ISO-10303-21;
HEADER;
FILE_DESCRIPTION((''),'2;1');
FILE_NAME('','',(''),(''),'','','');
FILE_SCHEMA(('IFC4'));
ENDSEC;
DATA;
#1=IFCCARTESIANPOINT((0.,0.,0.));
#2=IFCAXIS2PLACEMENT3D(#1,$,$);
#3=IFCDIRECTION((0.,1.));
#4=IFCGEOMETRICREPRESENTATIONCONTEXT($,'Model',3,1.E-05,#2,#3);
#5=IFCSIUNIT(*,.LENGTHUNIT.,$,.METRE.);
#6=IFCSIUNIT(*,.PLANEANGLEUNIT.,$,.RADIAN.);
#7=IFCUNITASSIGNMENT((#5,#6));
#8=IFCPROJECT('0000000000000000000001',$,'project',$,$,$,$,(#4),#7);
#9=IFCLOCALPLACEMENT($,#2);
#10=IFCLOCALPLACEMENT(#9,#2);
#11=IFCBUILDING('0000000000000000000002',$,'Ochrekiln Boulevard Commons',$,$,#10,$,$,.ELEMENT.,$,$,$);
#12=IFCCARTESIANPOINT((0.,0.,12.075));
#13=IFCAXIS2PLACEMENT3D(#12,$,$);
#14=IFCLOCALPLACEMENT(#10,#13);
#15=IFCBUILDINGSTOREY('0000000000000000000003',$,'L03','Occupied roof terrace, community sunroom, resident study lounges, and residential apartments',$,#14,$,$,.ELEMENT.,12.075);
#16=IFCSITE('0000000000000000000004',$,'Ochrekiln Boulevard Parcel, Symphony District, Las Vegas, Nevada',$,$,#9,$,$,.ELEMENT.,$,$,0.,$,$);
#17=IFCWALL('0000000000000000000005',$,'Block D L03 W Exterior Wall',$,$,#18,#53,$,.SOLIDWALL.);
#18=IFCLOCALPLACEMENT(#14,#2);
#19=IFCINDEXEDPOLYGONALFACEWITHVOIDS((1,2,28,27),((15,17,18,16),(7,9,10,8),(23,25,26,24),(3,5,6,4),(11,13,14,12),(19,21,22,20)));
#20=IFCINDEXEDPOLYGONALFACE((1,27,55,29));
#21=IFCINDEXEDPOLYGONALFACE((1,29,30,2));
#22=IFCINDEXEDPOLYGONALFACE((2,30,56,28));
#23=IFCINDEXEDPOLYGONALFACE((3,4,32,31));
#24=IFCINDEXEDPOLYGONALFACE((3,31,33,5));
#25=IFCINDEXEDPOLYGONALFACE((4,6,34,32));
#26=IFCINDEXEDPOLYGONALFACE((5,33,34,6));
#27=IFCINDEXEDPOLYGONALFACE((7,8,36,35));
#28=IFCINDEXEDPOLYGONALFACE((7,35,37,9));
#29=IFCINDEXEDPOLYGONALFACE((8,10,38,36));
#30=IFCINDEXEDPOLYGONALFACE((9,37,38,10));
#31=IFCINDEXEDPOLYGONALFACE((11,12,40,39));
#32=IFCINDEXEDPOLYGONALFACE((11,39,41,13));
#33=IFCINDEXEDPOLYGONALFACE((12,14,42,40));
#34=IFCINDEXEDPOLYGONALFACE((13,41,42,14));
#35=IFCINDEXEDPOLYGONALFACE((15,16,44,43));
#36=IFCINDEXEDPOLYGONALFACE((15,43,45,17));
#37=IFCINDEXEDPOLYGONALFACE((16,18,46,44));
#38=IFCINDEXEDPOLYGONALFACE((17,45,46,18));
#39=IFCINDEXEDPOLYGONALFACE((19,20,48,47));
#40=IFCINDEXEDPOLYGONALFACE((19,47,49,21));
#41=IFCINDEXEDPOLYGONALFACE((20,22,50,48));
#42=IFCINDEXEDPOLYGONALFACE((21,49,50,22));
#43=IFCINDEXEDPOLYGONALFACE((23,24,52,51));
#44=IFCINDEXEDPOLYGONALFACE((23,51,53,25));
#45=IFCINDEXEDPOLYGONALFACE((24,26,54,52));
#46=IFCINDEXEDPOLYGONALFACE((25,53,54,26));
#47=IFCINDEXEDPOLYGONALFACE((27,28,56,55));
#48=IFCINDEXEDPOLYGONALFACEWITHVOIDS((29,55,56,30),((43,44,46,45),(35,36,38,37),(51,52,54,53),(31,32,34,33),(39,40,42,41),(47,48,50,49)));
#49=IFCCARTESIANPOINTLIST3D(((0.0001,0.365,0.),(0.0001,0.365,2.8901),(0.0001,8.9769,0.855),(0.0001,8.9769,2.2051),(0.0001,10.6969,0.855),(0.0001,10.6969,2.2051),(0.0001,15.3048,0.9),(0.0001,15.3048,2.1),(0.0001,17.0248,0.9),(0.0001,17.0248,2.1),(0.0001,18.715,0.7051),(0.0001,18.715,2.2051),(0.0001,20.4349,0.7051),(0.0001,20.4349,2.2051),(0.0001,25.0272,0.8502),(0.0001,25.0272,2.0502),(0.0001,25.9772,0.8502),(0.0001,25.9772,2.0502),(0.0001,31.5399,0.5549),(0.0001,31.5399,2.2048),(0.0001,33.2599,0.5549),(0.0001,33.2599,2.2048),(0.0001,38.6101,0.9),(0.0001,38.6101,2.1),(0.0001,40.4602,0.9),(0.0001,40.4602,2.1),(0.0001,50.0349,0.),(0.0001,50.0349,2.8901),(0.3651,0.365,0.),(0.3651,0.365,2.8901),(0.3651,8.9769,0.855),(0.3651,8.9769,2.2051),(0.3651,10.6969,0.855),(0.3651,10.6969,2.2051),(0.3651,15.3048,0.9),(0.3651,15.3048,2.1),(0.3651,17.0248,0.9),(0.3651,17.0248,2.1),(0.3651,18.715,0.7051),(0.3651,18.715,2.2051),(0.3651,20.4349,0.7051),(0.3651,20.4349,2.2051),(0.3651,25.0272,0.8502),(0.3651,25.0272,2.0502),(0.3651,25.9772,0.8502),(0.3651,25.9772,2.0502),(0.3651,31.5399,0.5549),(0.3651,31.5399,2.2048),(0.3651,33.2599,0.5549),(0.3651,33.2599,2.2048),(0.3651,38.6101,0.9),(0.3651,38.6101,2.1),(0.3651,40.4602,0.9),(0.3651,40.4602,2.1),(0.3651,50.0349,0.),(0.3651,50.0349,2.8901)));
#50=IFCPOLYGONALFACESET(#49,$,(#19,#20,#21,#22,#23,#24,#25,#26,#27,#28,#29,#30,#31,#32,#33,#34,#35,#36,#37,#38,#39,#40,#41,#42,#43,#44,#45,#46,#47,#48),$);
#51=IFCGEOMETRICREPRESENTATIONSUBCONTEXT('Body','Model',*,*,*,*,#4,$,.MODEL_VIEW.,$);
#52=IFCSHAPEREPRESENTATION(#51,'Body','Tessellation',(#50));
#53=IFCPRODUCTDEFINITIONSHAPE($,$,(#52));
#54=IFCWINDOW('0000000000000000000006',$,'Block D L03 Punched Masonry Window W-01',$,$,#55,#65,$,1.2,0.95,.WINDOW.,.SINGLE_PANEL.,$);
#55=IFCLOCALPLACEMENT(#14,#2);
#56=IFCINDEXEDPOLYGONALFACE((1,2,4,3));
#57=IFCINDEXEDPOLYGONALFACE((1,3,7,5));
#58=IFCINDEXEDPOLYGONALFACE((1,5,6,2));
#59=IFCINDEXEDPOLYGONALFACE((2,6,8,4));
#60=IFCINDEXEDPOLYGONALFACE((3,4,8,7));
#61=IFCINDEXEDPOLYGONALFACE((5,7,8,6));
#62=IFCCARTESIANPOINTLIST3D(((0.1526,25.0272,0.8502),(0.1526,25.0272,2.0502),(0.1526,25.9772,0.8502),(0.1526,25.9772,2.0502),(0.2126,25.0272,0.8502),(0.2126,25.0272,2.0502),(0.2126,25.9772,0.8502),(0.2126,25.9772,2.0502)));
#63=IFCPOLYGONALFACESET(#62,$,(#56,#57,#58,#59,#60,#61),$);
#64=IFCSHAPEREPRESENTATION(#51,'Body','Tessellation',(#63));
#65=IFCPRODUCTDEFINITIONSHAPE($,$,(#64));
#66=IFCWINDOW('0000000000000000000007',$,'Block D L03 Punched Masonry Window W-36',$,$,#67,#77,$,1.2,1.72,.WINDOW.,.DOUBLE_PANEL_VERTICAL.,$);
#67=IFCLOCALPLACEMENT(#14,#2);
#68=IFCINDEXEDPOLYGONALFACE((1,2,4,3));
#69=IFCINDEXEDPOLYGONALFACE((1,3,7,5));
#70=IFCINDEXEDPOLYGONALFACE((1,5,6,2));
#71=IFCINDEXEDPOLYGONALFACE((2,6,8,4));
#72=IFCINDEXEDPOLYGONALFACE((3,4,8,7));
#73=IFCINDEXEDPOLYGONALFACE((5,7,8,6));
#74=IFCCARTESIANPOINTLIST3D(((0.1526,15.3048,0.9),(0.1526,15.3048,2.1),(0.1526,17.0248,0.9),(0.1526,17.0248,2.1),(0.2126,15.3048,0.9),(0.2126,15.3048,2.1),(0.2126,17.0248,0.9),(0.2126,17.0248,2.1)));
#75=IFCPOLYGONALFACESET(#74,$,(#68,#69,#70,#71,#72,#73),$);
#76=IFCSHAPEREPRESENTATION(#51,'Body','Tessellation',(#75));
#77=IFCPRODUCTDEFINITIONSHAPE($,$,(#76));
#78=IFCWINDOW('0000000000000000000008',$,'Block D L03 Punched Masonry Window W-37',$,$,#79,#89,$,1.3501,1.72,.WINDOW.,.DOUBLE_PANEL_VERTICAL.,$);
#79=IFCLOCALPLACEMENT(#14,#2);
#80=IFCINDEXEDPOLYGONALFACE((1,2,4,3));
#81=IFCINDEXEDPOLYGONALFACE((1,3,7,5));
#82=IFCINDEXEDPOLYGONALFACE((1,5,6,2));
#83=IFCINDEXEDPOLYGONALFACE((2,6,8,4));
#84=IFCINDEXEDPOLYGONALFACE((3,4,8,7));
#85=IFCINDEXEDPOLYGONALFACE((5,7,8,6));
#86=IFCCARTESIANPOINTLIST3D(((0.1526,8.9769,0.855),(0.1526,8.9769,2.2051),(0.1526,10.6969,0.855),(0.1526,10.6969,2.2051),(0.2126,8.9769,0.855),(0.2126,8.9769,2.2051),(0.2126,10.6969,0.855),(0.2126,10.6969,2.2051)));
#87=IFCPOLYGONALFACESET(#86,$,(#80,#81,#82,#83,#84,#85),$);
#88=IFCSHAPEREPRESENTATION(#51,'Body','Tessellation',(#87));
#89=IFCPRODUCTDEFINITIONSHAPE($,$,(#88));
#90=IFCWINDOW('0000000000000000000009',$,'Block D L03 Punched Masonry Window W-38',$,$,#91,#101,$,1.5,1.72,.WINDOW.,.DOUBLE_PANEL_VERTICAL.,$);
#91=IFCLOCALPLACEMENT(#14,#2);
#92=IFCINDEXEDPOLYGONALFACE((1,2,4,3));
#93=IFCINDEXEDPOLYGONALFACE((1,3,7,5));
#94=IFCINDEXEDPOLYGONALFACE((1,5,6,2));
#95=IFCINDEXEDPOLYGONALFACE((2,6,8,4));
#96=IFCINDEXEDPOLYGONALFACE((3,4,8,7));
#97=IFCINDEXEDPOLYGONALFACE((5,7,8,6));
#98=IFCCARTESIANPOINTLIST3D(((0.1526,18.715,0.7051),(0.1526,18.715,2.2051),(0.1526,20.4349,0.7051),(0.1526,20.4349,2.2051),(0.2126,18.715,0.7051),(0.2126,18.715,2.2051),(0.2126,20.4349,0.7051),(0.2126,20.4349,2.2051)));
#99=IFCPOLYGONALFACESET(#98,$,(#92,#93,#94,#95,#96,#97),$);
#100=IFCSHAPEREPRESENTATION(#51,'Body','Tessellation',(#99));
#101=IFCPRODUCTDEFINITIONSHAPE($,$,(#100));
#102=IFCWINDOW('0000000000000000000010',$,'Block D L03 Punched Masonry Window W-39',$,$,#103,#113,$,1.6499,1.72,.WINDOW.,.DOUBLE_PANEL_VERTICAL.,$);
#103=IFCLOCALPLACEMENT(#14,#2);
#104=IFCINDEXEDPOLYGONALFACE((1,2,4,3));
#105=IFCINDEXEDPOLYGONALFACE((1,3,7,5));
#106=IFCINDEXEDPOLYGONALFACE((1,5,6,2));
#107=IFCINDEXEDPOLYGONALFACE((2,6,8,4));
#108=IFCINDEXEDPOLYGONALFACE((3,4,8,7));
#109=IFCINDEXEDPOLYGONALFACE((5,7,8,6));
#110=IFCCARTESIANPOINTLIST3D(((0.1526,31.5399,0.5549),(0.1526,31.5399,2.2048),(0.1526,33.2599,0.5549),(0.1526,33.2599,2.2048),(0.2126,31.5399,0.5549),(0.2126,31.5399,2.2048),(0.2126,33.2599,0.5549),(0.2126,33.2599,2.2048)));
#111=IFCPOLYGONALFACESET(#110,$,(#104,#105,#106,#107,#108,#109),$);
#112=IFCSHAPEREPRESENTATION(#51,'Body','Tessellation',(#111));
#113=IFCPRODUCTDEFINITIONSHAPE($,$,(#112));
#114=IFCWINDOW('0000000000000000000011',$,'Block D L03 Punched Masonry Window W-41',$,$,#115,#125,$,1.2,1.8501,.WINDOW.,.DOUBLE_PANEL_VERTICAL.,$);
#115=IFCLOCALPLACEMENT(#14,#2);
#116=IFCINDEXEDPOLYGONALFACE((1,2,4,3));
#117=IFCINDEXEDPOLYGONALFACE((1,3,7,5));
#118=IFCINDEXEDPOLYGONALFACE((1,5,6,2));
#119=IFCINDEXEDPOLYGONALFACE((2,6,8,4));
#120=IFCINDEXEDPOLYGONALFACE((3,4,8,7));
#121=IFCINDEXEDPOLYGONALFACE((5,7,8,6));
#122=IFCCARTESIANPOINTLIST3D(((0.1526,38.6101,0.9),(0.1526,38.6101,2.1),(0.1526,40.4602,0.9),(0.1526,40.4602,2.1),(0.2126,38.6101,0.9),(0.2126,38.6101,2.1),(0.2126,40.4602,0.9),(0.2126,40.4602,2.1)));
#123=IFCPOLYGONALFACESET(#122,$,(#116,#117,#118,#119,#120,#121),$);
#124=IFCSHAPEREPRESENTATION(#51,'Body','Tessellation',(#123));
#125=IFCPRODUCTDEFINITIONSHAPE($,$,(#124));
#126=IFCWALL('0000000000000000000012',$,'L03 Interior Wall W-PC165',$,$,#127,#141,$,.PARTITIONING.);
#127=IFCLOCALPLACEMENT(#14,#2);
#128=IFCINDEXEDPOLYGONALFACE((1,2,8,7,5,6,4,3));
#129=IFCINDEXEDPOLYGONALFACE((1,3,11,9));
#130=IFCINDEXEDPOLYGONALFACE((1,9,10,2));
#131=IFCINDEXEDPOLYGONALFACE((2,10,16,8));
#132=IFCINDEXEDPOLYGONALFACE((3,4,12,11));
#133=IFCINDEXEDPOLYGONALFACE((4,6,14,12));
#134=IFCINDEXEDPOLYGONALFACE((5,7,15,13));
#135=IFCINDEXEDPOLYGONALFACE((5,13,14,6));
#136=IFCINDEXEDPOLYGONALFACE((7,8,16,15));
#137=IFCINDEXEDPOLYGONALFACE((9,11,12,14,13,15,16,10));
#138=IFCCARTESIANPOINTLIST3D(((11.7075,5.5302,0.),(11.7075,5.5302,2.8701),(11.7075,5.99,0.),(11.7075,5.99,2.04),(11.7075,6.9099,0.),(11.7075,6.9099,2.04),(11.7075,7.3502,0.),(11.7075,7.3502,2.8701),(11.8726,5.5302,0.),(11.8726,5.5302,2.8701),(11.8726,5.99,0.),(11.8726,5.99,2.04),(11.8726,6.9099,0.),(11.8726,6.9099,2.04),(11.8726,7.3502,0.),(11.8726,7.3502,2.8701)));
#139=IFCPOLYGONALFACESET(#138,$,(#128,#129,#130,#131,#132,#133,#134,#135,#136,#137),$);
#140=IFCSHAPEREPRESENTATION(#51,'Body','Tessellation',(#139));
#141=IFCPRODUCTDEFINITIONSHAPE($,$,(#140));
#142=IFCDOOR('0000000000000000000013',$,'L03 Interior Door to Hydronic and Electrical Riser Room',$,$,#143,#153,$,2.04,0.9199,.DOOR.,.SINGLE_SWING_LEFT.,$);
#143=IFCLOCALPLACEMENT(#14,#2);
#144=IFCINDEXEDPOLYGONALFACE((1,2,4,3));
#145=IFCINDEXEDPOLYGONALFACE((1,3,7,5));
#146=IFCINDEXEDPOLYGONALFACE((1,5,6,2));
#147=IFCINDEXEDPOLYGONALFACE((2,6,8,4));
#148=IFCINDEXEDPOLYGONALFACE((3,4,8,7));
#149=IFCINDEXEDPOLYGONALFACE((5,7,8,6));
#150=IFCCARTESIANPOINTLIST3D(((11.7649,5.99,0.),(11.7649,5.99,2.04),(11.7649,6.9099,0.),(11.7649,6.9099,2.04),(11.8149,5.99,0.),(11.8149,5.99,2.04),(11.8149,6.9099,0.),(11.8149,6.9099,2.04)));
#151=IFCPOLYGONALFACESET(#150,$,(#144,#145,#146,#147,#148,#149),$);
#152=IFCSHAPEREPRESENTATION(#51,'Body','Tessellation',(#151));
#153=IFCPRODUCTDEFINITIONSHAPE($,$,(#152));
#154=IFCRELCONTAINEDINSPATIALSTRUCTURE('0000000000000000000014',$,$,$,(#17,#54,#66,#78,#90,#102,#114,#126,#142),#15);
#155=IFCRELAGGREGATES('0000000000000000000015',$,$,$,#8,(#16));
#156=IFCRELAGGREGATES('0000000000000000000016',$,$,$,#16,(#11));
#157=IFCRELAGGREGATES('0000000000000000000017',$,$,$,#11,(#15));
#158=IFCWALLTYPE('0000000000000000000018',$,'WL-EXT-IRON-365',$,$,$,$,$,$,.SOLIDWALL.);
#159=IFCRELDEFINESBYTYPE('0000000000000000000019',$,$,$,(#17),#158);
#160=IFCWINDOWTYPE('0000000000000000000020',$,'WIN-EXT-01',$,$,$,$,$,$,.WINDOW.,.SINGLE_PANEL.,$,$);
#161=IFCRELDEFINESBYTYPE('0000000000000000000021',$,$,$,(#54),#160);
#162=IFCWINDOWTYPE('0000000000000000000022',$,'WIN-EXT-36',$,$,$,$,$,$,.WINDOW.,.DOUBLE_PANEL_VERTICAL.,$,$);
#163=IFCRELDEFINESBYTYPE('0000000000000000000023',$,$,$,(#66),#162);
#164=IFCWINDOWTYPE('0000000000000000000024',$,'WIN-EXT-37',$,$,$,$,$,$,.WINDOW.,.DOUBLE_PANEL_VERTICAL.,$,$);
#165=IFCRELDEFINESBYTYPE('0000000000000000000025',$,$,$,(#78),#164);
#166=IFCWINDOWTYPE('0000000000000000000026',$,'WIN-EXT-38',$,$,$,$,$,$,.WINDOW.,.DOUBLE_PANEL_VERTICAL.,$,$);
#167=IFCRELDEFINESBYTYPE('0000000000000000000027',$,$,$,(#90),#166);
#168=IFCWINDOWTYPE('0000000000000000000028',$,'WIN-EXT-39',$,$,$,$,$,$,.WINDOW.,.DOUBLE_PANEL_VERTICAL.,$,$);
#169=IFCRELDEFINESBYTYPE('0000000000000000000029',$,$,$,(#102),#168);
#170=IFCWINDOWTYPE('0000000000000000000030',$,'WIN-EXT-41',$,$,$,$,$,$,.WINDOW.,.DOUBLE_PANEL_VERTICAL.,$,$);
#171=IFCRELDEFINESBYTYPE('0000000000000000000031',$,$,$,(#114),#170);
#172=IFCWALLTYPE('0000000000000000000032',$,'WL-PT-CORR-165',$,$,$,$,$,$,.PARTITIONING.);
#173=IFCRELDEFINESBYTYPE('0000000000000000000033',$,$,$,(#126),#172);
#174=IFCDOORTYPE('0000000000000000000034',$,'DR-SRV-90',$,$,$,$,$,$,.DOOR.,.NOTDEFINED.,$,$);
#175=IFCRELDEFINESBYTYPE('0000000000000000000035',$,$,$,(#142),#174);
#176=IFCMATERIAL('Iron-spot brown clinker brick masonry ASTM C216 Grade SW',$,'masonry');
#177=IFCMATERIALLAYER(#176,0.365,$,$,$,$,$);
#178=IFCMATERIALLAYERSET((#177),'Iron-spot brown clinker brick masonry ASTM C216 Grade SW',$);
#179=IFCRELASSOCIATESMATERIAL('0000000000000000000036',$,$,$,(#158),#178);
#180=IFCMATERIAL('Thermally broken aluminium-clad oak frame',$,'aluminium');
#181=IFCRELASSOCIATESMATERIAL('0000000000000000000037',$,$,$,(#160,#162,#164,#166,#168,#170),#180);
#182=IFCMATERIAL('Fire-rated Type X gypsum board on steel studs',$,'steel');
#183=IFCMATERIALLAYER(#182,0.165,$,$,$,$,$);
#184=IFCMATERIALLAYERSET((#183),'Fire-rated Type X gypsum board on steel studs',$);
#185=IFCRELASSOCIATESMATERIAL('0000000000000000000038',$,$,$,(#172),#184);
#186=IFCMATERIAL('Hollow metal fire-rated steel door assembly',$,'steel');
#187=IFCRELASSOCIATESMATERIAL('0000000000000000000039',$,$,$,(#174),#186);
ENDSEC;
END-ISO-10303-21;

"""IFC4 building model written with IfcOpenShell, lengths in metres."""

from ifc_helpers import new_model, si_unit, direction, frame, frame_2d, origin, place, context, subcontext, project, spatial, rectangle, extrude, material, layer, layer_set, type_object, element, fill, save


model = new_model("IFC4")

# Units and contexts
model_context = context("Model", 3, precision=1e-05, world=origin(), true_north=direction((0.0, 1.0)))
body_context = subcontext(model_context, "Body", "Model", "MODEL_VIEW")
ifc_project = project(units=[si_unit("LENGTHUNIT", "METRE"), si_unit("PLANEANGLEUNIT", "RADIAN")], contexts=[model_context])

# Site, building, storey
site_placement = place(None, origin())
site = spatial("IfcSite", under=ifc_project, at=site_placement, Name="Ochrekiln Boulevard Parcel, Symphony District, Las Vegas, Nevada", CompositionType="ELEMENT", RefElevation=0.0)
building_placement = place(site_placement, origin())
building = spatial("IfcBuilding", under=site, at=building_placement, Name="Ochrekiln Boulevard Commons", CompositionType="ELEMENT")
storey_placement = place(building_placement, frame((0.0, 0.0, 12.075)))
storey = spatial("IfcBuildingStorey", under=building, at=storey_placement, Name="L03", Description="Occupied roof terrace, community sunroom, resident study lounges, and residential apartments", CompositionType="ELEMENT", Elevation=12.075)

# Wall, openings, windows
ifc_material_1 = material(Name="Iron-spot brown clinker brick masonry ASTM C216 Grade SW", Category="masonry")
ifc_layer_1 = layer(ifc_material_1, 0.365)
ifc_layer_set_1 = layer_set([ifc_layer_1], Name="Iron-spot brown clinker brick masonry ASTM C216 Grade SW")
wall_type_1 = type_object("IfcWallType", Name="WL-EXT-IRON-365", PredefinedType="SOLIDWALL", material=ifc_layer_set_1)
wall_1_placement = place(storey_placement, frame((0.1826, 0.365, 0.0), z_axis=(0.0, 0.0, 1.0), x_axis=(0.0, 1.0, 0.0)))
wall_1 = element("IfcWall", 1, at=wall_1_placement, inside=storey, type_object=wall_type_1, Name="Block D L03 W Exterior Wall", PredefinedType="SOLIDWALL", context=body_context, shape_type="SweptSolid", body=[
    extrude(rectangle(XDim=49.6699, YDim=0.365, at=frame_2d((24.835, 0.0))), origin(), (0.0, 0.0, 1.0), 2.8901),
])
opening_1_placement = place(wall_1_placement, frame((14.9399, 0.0, 0.8999)))
opening_1 = element("IfcOpeningElement", 2, at=opening_1_placement, cuts=wall_1, PredefinedType="OPENING", context=body_context, shape_type="SweptSolid", body=[
    extrude(rectangle(XDim=1.72, YDim=1.2, at=frame_2d((0.8599, 0.6001))), frame((0.0, 0.1924, 0.0), z_axis=(0.0, -1.0, 0.0), x_axis=(1.0, 0.0, 0.0)), (0.0, 0.0, 1.0), 0.385),
])
opening_2_placement = place(wall_1_placement, frame((8.6121, 0.0, 0.855)))
opening_2 = element("IfcOpeningElement", 3, at=opening_2_placement, cuts=wall_1, PredefinedType="OPENING", context=body_context, shape_type="SweptSolid", body=[
    extrude(rectangle(XDim=1.72, YDim=1.3501, at=frame_2d((0.8599, 0.675))), frame((0.0, 0.1924, 0.0), z_axis=(0.0, -1.0, 0.0), x_axis=(1.0, 0.0, 0.0)), (0.0, 0.0, 1.0), 0.385),
])
opening_3_placement = place(wall_1_placement, frame((18.3501, 0.0, 0.7051)))
opening_3 = element("IfcOpeningElement", 4, at=opening_3_placement, cuts=wall_1, PredefinedType="OPENING", context=body_context, shape_type="SweptSolid", body=[
    extrude(rectangle(XDim=1.72, YDim=1.5, at=frame_2d((0.8599, 0.75))), frame((0.0, 0.1924, 0.0), z_axis=(0.0, -1.0, 0.0), x_axis=(1.0, 0.0, 0.0)), (0.0, 0.0, 1.0), 0.385),
])
opening_4_placement = place(wall_1_placement, frame((31.175, 0.0, 0.5549)))
opening_4 = element("IfcOpeningElement", 5, at=opening_4_placement, cuts=wall_1, PredefinedType="OPENING", context=body_context, shape_type="SweptSolid", body=[
    extrude(rectangle(XDim=1.72, YDim=1.6499, at=frame_2d((0.8599, 0.825))), frame((0.0, 0.1924, 0.0), z_axis=(0.0, -1.0, 0.0), x_axis=(1.0, 0.0, 0.0)), (0.0, 0.0, 1.0), 0.385),
])
opening_5_placement = place(wall_1_placement, frame((24.6621, 0.0, 0.8501)))
opening_5 = element("IfcOpeningElement", 6, at=opening_5_placement, cuts=wall_1, PredefinedType="OPENING", context=body_context, shape_type="SweptSolid", body=[
    extrude(rectangle(XDim=0.95, YDim=1.2, at=frame_2d((0.4751, 0.6001))), frame((0.0, 0.1924, 0.0), z_axis=(0.0, -1.0, 0.0), x_axis=(1.0, 0.0, 0.0)), (0.0, 0.0, 1.0), 0.385),
])
opening_6_placement = place(wall_1_placement, frame((38.2451, 0.0, 0.8999)))
opening_6 = element("IfcOpeningElement", 7, at=opening_6_placement, cuts=wall_1, PredefinedType="OPENING", context=body_context, shape_type="SweptSolid", body=[
    extrude(rectangle(XDim=1.8501, YDim=1.2, at=frame_2d((0.925, 0.6001))), frame((0.0, 0.1924, 0.0), z_axis=(0.0, -1.0, 0.0), x_axis=(1.0, 0.0, 0.0)), (0.0, 0.0, 1.0), 0.385),
])
ifc_material_2 = material(Name="Thermally broken aluminium-clad oak frame", Category="aluminium")
window_type_1 = type_object("IfcWindowType", Name="WIN-EXT-01", PartitioningType="SINGLE_PANEL", PredefinedType="WINDOW", material=ifc_material_2)
window_1_placement = place(opening_5_placement, origin())
window_1 = element("IfcWindow", 8, at=window_1_placement, inside=storey, type_object=window_type_1, Name="Block D L03 Punched Masonry Window W-01", OverallHeight=1.2, OverallWidth=0.95, PartitioningType="SINGLE_PANEL", PredefinedType="WINDOW", context=body_context, shape_type="SweptSolid", body=[
    extrude(rectangle(XDim=0.95, YDim=1.2, at=frame_2d((0.4751, 0.6001))), frame((0.0, 0.03, 0.0), z_axis=(0.0, -1.0, 0.0), x_axis=(1.0, 0.0, 0.0)), (0.0, 0.0, 1.0), 0.0601),
])
fill(opening_5, window_1)
window_type_2 = type_object("IfcWindowType", Name="WIN-EXT-36", PartitioningType="DOUBLE_PANEL_VERTICAL", PredefinedType="WINDOW", material=ifc_material_2)
window_2_placement = place(opening_1_placement, origin())
window_2 = element("IfcWindow", 9, at=window_2_placement, inside=storey, type_object=window_type_2, Name="Block D L03 Punched Masonry Window W-36", OverallHeight=1.2, OverallWidth=1.72, PartitioningType="DOUBLE_PANEL_VERTICAL", PredefinedType="WINDOW", context=body_context, shape_type="SweptSolid", body=[
    extrude(rectangle(XDim=1.72, YDim=1.2, at=frame_2d((0.8599, 0.6001))), frame((0.0, 0.03, 0.0), z_axis=(0.0, -1.0, 0.0), x_axis=(1.0, 0.0, 0.0)), (0.0, 0.0, 1.0), 0.0601),
])
fill(opening_1, window_2)
window_type_3 = type_object("IfcWindowType", Name="WIN-EXT-37", PartitioningType="DOUBLE_PANEL_VERTICAL", PredefinedType="WINDOW", material=ifc_material_2)
window_3_placement = place(opening_2_placement, origin())
window_3 = element("IfcWindow", 10, at=window_3_placement, inside=storey, type_object=window_type_3, Name="Block D L03 Punched Masonry Window W-37", OverallHeight=1.3501, OverallWidth=1.72, PartitioningType="DOUBLE_PANEL_VERTICAL", PredefinedType="WINDOW", context=body_context, shape_type="SweptSolid", body=[
    extrude(rectangle(XDim=1.72, YDim=1.3501, at=frame_2d((0.8599, 0.675))), frame((0.0, 0.03, 0.0), z_axis=(0.0, -1.0, 0.0), x_axis=(1.0, 0.0, 0.0)), (0.0, 0.0, 1.0), 0.0601),
])
fill(opening_2, window_3)
window_type_4 = type_object("IfcWindowType", Name="WIN-EXT-38", PartitioningType="DOUBLE_PANEL_VERTICAL", PredefinedType="WINDOW", material=ifc_material_2)
window_4_placement = place(opening_3_placement, origin())
window_4 = element("IfcWindow", 11, at=window_4_placement, inside=storey, type_object=window_type_4, Name="Block D L03 Punched Masonry Window W-38", OverallHeight=1.5, OverallWidth=1.72, PartitioningType="DOUBLE_PANEL_VERTICAL", PredefinedType="WINDOW", context=body_context, shape_type="SweptSolid", body=[
    extrude(rectangle(XDim=1.72, YDim=1.5, at=frame_2d((0.8599, 0.75))), frame((0.0, 0.03, 0.0), z_axis=(0.0, -1.0, 0.0), x_axis=(1.0, 0.0, 0.0)), (0.0, 0.0, 1.0), 0.0601),
])
fill(opening_3, window_4)
window_type_5 = type_object("IfcWindowType", Name="WIN-EXT-39", PartitioningType="DOUBLE_PANEL_VERTICAL", PredefinedType="WINDOW", material=ifc_material_2)
window_5_placement = place(opening_4_placement, origin())
window_5 = element("IfcWindow", 12, at=window_5_placement, inside=storey, type_object=window_type_5, Name="Block D L03 Punched Masonry Window W-39", OverallHeight=1.6499, OverallWidth=1.72, PartitioningType="DOUBLE_PANEL_VERTICAL", PredefinedType="WINDOW", context=body_context, shape_type="SweptSolid", body=[
    extrude(rectangle(XDim=1.72, YDim=1.6499, at=frame_2d((0.8599, 0.825))), frame((0.0, 0.03, 0.0), z_axis=(0.0, -1.0, 0.0), x_axis=(1.0, 0.0, 0.0)), (0.0, 0.0, 1.0), 0.0601),
])
fill(opening_4, window_5)
window_type_6 = type_object("IfcWindowType", Name="WIN-EXT-41", PartitioningType="DOUBLE_PANEL_VERTICAL", PredefinedType="WINDOW", material=ifc_material_2)
window_6_placement = place(opening_6_placement, origin())
window_6 = element("IfcWindow", 13, at=window_6_placement, inside=storey, type_object=window_type_6, Name="Block D L03 Punched Masonry Window W-41", OverallHeight=1.2, OverallWidth=1.8501, PartitioningType="DOUBLE_PANEL_VERTICAL", PredefinedType="WINDOW", context=body_context, shape_type="SweptSolid", body=[
    extrude(rectangle(XDim=1.8501, YDim=1.2, at=frame_2d((0.925, 0.6001))), frame((0.0, 0.03, 0.0), z_axis=(0.0, -1.0, 0.0), x_axis=(1.0, 0.0, 0.0)), (0.0, 0.0, 1.0), 0.0601),
])
fill(opening_6, window_6)

# Wall, opening, door
ifc_material_3 = material(Name="Fire-rated Type X gypsum board on steel studs", Category="steel")
ifc_layer_2 = layer(ifc_material_3, 0.165)
ifc_layer_set_2 = layer_set([ifc_layer_2], Name="Fire-rated Type X gypsum board on steel studs")
wall_type_2 = type_object("IfcWallType", Name="WL-PT-CORR-165", PredefinedType="PARTITIONING", material=ifc_layer_set_2)
wall_2_placement = place(storey_placement, frame((11.79, 5.53, 0.0), z_axis=(0.0, 0.0, 1.0), x_axis=(0.0, 1.0, 0.0)))
wall_2 = element("IfcWall", 14, at=wall_2_placement, inside=storey, type_object=wall_type_2, Name="L03 Interior Wall W-PC165", PredefinedType="PARTITIONING", context=body_context, shape_type="SweptSolid", body=[
    extrude(rectangle(XDim=1.8201, YDim=0.165, at=frame_2d((0.9102, 0.0))), origin(), (0.0, 0.0, 1.0), 2.8701),
])
opening_7_placement = place(wall_2_placement, frame((0.46, 0.0, 0.0)))
opening_7 = element("IfcOpeningElement", 15, at=opening_7_placement, cuts=wall_2, PredefinedType="OPENING", context=body_context, shape_type="SweptSolid", body=[
    extrude(rectangle(XDim=0.9199, YDim=2.04, at=frame_2d((0.46, 1.02))), frame((0.0, 0.0925, 0.0), z_axis=(0.0, -1.0, 0.0), x_axis=(1.0, 0.0, 0.0)), (0.0, 0.0, 1.0), 0.1851),
])
ifc_material_4 = material(Name="Hollow metal fire-rated steel door assembly", Category="steel")
door_type_1 = type_object("IfcDoorType", Name="DR-SRV-90", OperationType="NOTDEFINED", PredefinedType="DOOR", material=ifc_material_4)
door_1_placement = place(opening_7_placement, frame((0.9199, 0.0, 0.0), z_axis=(0.0, 0.0, 1.0), x_axis=(-1.0, 0.0, 0.0)))
door_1 = element("IfcDoor", 16, at=door_1_placement, inside=storey, type_object=door_type_1, Name="L03 Interior Door to Hydronic and Electrical Riser Room", OperationType="SINGLE_SWING_LEFT", OverallHeight=2.04, OverallWidth=0.9199, PredefinedType="DOOR", context=body_context, shape_type="SweptSolid", body=[
    extrude(rectangle(XDim=0.9199, YDim=2.04, at=frame_2d((0.46, 1.02))), frame((0.0, 0.0249, 0.0), z_axis=(0.0, -1.0, 0.0), x_axis=(1.0, 0.0, 0.0)), (0.0, 0.0, 1.0), 0.05),
])
fill(opening_7, door_1)

save(model, "model.ifc")
